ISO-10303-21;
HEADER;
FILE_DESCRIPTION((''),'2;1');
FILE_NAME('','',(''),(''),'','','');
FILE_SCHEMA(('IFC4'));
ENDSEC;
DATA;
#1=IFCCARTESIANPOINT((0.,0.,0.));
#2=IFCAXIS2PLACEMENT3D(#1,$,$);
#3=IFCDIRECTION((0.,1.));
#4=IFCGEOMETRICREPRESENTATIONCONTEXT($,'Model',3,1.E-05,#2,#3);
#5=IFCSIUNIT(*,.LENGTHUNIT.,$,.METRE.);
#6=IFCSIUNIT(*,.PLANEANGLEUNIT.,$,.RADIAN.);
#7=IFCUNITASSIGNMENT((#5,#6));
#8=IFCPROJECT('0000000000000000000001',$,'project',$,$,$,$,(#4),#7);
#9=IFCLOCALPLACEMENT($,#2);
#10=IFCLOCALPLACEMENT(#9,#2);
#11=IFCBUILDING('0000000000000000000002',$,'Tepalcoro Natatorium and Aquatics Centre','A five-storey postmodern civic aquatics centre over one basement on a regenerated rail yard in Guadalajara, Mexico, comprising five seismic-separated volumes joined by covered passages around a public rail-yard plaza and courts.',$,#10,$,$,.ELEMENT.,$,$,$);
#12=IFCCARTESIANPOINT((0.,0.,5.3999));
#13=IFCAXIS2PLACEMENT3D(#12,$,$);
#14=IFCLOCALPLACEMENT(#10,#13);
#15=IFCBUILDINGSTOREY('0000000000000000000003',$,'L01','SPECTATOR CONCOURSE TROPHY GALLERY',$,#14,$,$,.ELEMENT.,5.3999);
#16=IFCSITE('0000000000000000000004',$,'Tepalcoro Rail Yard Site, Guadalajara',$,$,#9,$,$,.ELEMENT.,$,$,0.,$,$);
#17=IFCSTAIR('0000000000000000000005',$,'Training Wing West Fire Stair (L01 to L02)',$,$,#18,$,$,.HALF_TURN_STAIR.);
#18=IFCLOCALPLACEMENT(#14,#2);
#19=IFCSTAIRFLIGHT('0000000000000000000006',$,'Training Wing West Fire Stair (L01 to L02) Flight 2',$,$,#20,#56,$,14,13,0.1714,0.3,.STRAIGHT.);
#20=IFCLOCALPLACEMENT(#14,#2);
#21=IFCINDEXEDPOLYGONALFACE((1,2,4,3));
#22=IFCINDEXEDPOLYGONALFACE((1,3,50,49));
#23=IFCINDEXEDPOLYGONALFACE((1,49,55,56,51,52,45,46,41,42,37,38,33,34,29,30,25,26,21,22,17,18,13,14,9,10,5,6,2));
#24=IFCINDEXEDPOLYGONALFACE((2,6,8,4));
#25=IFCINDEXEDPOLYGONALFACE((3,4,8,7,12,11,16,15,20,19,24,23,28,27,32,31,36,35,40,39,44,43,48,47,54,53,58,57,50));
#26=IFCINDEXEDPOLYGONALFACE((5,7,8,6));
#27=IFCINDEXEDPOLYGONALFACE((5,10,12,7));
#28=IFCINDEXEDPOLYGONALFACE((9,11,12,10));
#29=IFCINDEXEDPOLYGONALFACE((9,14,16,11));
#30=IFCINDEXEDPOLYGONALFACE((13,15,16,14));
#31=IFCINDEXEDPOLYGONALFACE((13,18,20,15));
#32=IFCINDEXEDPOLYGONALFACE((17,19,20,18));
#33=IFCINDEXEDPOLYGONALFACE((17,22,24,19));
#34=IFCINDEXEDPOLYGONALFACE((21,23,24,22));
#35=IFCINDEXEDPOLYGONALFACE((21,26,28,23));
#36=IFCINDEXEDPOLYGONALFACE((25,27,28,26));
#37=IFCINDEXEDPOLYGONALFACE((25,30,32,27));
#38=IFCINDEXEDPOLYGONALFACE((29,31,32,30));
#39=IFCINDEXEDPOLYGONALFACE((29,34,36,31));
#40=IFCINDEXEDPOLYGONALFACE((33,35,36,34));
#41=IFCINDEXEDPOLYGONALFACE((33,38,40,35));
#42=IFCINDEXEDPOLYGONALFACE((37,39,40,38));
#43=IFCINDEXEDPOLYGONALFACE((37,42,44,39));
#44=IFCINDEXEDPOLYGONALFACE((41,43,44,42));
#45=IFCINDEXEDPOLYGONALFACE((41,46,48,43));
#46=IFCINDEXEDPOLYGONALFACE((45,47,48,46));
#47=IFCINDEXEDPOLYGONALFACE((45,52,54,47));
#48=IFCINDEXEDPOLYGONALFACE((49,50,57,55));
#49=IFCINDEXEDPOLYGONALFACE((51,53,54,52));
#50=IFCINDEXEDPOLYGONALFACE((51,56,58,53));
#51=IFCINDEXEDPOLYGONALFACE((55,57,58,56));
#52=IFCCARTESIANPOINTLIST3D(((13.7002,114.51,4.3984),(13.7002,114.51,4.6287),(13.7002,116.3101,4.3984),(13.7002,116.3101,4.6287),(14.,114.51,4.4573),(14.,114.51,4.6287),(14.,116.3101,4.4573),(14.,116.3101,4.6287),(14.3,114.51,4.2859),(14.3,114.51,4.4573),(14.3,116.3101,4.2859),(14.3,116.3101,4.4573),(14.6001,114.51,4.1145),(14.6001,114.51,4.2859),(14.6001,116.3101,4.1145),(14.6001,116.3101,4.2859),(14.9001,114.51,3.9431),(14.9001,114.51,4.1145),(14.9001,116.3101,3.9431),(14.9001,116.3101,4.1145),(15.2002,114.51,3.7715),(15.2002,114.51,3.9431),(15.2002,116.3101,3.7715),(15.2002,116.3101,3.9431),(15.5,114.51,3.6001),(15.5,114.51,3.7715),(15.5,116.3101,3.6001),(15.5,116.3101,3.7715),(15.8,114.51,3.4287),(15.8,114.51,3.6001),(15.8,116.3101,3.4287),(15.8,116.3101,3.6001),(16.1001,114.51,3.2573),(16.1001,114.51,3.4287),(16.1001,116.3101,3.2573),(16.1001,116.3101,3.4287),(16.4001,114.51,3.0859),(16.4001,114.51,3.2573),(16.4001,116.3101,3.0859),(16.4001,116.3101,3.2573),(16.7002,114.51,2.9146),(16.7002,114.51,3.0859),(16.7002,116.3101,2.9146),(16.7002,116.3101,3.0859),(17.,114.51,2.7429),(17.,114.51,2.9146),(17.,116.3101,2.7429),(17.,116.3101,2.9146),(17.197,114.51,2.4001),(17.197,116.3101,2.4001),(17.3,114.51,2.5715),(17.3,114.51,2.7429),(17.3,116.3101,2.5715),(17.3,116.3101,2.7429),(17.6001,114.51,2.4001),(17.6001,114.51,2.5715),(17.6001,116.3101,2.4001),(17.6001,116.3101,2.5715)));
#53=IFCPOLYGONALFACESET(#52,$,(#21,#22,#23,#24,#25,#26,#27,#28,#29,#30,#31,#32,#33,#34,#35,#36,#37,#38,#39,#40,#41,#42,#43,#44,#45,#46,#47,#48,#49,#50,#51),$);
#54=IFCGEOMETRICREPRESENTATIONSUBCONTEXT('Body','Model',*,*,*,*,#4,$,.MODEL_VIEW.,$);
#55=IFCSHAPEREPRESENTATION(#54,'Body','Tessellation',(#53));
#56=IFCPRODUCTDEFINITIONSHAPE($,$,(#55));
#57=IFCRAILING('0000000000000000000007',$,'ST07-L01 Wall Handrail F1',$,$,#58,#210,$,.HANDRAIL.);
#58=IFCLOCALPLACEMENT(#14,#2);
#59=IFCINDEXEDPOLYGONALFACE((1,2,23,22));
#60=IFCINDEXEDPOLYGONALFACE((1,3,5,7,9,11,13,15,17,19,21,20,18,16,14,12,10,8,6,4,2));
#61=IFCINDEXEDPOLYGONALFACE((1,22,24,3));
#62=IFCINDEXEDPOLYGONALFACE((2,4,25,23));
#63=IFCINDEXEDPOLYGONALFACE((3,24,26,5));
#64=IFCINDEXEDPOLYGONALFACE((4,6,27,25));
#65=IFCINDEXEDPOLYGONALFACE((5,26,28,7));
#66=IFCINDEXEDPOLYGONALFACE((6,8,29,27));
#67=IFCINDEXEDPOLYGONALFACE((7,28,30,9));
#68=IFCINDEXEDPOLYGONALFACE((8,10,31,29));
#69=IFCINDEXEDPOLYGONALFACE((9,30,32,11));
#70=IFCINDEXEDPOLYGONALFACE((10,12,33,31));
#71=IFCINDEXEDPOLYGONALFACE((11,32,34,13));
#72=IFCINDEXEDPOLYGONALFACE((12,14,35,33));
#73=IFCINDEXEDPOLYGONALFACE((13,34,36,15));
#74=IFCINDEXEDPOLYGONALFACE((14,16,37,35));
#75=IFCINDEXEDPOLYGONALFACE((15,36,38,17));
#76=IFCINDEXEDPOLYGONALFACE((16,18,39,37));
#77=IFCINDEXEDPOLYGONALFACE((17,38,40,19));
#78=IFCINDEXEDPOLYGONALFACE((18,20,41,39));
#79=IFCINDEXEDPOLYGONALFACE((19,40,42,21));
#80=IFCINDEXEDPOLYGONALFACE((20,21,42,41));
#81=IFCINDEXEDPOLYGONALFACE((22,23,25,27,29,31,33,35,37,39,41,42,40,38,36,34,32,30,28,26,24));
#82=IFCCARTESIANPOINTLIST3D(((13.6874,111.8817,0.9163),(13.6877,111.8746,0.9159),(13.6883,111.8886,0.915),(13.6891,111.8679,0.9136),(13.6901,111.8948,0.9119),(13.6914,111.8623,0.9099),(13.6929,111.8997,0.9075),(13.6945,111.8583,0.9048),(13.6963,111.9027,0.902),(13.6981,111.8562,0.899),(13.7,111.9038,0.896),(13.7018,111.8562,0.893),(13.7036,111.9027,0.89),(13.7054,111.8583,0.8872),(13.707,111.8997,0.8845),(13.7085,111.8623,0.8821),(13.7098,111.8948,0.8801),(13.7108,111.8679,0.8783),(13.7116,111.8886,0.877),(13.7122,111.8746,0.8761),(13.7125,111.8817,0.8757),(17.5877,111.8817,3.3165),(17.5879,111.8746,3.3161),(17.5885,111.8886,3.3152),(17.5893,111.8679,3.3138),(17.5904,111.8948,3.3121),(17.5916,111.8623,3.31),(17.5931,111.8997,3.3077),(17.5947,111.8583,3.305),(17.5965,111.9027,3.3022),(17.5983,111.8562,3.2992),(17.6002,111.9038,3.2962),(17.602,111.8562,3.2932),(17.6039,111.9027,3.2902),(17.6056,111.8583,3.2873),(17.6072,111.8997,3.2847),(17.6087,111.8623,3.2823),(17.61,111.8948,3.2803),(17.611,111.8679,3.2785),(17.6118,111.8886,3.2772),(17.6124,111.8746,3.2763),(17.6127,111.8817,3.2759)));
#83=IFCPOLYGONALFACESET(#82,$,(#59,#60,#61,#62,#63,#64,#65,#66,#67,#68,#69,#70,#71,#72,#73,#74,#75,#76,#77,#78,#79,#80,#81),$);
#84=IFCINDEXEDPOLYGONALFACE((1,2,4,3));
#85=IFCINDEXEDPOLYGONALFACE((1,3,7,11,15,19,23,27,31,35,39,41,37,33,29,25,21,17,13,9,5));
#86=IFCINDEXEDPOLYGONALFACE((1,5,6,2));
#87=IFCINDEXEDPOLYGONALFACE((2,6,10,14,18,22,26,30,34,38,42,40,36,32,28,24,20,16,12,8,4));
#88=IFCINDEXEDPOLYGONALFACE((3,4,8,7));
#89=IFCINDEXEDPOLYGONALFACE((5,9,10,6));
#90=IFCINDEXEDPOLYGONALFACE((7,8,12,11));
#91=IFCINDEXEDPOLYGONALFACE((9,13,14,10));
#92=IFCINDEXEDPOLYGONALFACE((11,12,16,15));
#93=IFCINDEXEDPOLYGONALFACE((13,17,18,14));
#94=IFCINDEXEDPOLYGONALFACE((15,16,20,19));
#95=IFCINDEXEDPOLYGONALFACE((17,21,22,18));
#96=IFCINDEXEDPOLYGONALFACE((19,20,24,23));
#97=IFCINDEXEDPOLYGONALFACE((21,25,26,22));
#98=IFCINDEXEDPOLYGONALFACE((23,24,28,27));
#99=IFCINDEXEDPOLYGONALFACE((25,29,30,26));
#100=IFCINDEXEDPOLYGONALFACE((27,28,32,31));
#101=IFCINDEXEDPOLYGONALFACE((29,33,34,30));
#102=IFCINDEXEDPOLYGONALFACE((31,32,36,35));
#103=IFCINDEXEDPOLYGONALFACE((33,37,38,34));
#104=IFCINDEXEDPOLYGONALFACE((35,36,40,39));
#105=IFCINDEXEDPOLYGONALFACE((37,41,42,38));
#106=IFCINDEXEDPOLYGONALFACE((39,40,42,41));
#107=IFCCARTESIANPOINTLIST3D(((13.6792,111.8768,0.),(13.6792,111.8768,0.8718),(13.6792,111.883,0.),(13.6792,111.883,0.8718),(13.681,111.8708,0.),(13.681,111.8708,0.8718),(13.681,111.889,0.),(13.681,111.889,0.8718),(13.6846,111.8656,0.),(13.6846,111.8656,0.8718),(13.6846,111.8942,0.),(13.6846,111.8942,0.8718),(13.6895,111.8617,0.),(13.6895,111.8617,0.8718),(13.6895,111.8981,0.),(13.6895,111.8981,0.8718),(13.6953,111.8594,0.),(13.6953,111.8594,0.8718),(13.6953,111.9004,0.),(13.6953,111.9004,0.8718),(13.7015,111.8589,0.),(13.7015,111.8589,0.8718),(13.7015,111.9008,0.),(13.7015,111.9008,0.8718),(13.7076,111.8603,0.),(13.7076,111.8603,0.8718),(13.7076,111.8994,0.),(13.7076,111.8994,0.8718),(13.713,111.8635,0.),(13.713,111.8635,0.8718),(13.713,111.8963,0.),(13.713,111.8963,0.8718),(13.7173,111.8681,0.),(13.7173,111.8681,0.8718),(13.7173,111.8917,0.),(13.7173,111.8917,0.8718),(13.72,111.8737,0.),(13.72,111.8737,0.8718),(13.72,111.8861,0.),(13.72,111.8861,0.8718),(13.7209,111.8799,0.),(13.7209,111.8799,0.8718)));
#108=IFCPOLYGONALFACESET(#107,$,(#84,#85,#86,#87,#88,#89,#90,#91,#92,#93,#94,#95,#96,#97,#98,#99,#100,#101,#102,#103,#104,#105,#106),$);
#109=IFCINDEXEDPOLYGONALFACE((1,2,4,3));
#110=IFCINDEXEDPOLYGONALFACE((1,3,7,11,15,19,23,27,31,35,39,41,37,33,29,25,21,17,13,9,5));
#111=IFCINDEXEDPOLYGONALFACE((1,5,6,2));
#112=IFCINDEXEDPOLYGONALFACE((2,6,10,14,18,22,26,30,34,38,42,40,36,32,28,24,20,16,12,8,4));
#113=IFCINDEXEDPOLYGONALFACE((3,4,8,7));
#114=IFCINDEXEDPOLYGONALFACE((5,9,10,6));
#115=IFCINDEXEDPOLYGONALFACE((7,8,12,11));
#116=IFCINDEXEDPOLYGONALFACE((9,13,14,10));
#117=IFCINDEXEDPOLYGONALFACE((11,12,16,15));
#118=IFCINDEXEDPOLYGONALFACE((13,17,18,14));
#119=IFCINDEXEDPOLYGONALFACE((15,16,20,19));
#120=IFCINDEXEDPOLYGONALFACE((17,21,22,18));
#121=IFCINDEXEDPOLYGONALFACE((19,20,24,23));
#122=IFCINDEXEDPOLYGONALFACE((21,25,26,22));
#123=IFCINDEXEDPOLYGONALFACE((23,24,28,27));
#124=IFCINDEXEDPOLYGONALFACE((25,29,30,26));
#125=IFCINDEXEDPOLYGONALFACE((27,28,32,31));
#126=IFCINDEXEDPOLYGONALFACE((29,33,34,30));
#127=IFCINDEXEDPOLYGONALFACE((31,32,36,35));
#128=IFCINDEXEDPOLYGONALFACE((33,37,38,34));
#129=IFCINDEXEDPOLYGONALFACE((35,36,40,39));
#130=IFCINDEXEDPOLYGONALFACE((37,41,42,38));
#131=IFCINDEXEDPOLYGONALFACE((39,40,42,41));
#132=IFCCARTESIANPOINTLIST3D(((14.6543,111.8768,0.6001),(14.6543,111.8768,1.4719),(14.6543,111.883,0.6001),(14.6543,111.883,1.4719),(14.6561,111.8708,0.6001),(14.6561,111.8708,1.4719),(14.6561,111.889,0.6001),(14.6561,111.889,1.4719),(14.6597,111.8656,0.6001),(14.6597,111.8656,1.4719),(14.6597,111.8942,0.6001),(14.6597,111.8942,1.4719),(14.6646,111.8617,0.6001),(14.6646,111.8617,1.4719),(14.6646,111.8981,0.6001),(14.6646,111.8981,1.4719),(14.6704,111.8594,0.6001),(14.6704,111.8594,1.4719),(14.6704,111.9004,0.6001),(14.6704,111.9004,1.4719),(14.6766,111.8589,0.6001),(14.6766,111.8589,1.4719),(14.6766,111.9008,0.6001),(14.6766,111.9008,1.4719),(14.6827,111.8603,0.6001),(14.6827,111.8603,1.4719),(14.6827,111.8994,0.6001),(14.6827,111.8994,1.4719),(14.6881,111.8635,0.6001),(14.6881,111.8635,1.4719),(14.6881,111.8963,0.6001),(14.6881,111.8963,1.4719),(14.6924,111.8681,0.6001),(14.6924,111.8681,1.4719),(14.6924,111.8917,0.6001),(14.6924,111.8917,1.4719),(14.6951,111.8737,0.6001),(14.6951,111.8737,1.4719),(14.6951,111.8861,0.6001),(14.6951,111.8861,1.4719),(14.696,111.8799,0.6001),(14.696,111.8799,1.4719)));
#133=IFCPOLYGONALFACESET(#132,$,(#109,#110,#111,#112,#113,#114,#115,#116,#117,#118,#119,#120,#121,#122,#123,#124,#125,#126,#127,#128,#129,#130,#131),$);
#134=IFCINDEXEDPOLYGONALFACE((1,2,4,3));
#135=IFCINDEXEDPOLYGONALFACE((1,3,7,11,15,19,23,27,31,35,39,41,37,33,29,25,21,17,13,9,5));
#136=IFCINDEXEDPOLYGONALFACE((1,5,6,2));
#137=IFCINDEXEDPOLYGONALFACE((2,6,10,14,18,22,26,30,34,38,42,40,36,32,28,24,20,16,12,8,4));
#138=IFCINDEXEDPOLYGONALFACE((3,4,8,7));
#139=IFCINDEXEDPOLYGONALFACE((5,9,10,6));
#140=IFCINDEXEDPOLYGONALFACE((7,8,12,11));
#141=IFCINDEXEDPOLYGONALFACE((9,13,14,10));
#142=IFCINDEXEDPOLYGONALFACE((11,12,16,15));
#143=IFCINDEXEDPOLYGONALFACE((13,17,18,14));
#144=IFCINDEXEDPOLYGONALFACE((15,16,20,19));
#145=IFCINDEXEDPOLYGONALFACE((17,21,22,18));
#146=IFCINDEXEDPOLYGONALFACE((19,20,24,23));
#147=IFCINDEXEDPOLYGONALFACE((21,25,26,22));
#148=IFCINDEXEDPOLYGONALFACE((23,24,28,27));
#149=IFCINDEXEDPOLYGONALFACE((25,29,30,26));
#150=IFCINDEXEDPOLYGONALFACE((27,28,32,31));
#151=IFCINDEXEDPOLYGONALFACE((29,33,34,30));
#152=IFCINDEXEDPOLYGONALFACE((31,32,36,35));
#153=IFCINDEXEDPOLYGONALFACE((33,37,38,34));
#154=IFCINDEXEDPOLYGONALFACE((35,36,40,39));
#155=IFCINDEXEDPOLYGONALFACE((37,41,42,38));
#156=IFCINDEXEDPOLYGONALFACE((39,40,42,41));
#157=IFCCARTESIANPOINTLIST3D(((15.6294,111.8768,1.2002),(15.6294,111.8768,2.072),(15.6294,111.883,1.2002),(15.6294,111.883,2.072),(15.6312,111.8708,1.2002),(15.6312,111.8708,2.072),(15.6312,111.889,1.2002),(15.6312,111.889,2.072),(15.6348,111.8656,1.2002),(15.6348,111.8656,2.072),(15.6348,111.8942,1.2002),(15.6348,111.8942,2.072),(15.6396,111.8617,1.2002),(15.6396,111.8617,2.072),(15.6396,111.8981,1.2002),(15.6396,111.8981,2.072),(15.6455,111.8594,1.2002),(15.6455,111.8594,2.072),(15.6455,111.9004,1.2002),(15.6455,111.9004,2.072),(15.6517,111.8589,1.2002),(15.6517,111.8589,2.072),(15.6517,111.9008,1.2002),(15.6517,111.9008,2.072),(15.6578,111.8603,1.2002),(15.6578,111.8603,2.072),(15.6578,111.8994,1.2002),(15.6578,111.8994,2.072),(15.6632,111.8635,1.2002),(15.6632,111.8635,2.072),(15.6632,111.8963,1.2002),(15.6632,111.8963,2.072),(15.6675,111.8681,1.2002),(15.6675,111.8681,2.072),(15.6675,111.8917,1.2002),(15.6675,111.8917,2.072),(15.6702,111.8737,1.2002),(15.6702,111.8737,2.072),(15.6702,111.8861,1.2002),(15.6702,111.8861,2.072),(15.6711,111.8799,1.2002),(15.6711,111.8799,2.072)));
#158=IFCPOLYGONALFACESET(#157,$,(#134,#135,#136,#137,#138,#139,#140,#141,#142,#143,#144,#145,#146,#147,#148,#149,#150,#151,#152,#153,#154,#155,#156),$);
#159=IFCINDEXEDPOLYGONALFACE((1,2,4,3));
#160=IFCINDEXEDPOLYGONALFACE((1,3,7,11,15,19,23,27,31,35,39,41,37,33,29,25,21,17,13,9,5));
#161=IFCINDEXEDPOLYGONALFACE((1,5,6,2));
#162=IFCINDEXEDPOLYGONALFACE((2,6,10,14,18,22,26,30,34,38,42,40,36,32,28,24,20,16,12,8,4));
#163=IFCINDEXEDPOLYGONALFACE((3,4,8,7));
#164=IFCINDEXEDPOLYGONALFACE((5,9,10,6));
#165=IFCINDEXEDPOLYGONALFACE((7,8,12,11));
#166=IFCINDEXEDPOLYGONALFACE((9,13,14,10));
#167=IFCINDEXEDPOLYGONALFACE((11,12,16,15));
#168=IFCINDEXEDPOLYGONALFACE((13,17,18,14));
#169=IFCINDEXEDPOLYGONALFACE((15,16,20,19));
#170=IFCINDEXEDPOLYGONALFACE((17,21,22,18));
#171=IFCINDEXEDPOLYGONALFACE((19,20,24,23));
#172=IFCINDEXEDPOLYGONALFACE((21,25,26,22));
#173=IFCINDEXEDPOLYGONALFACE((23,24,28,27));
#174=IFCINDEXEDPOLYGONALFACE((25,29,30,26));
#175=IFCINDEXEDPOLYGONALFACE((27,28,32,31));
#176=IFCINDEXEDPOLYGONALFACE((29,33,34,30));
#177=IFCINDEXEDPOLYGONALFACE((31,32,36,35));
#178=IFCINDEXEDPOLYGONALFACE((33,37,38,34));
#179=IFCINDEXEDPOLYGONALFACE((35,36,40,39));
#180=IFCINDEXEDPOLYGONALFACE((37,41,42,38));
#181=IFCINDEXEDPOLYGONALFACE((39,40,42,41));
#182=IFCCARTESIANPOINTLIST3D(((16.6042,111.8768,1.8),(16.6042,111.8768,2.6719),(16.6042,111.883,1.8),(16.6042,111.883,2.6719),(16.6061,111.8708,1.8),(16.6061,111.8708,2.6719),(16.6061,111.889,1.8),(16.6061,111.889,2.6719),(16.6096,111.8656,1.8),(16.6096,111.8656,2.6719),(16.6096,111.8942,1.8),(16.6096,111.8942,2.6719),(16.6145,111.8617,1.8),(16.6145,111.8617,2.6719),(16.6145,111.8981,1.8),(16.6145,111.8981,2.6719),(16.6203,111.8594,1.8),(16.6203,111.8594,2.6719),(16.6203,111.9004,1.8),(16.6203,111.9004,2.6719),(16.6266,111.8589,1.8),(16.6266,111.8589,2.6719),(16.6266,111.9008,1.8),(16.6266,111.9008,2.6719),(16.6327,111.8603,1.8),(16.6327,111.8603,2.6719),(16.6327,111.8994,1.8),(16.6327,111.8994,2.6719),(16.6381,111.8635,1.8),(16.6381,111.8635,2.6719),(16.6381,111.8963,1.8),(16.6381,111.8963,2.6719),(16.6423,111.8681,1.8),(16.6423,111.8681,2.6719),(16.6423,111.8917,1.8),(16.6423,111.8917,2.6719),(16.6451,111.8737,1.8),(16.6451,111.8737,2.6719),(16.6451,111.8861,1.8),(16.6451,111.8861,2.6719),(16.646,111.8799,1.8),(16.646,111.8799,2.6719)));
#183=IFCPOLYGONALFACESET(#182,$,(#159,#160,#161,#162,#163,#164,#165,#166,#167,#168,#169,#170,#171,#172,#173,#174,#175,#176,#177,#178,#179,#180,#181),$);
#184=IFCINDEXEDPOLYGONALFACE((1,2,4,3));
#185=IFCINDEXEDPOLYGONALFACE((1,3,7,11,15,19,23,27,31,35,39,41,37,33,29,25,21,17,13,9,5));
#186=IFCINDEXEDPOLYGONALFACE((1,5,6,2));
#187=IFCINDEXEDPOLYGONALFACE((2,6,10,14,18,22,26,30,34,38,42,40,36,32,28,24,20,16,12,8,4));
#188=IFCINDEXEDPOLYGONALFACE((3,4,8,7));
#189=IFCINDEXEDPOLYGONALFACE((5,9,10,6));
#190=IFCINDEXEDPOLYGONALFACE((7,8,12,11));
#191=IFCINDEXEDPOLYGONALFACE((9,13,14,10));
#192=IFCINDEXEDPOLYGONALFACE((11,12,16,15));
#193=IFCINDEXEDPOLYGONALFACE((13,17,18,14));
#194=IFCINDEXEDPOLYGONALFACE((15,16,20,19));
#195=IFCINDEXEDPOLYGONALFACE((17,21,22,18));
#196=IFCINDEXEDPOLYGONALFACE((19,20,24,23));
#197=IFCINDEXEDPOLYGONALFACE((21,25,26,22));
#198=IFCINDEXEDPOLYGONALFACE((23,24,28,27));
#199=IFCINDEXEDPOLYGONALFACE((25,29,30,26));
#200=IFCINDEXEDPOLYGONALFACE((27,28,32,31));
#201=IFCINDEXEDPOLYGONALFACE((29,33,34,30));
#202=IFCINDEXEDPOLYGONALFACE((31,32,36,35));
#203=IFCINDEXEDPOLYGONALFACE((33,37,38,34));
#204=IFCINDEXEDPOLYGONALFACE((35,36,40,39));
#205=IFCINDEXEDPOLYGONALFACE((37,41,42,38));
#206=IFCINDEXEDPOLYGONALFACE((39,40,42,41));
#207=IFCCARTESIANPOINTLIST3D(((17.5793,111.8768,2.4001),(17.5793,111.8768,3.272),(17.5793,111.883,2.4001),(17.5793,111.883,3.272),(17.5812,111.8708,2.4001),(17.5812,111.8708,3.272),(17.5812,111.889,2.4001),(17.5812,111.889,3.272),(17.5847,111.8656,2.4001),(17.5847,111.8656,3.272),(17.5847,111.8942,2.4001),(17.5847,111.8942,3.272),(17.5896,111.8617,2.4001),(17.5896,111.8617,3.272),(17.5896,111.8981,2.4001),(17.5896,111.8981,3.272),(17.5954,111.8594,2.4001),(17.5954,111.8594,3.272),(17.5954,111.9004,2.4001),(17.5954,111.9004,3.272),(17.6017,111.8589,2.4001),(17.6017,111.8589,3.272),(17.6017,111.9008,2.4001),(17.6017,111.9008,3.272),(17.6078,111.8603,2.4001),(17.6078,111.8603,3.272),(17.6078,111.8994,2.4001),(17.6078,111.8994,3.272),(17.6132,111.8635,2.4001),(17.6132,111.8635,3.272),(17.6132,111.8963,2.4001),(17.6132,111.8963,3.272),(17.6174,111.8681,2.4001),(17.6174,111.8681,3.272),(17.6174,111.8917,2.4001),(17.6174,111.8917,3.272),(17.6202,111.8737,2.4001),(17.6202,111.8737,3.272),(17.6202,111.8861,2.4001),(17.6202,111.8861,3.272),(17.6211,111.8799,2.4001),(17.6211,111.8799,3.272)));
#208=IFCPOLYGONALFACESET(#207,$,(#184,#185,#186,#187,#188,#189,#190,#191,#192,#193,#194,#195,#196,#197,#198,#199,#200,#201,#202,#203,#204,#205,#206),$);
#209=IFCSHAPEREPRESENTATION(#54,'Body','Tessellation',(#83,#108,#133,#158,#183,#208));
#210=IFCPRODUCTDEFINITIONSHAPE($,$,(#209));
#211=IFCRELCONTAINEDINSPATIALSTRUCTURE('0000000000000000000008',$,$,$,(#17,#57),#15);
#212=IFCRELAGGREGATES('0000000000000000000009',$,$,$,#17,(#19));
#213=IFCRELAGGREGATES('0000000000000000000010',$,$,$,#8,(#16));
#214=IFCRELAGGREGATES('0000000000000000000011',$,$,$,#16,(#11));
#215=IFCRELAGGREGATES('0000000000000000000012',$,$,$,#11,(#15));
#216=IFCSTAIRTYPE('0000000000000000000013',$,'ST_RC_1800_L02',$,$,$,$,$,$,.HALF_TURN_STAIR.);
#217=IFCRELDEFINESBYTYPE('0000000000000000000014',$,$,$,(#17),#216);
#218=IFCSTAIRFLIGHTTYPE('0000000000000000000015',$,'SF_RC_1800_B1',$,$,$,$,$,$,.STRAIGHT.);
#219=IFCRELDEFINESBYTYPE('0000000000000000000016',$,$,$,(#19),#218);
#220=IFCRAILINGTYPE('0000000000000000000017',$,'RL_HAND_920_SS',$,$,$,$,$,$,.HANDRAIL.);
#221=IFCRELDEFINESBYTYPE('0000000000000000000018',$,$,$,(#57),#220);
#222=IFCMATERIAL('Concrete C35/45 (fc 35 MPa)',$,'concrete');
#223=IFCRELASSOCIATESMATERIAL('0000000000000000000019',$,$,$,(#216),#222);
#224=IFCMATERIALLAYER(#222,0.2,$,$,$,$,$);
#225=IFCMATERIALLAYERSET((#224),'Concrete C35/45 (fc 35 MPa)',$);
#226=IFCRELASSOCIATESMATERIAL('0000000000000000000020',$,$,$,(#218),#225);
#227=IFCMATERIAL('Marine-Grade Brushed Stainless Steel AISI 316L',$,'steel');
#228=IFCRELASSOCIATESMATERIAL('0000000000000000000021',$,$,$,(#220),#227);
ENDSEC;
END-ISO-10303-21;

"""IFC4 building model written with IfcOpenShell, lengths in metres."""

from ifc_helpers import new_model, si_unit, direction, frame, origin, origin_2d, place, context, subcontext, project, spatial, polyline, circle, outline, extrude, material, layer, layer_set, type_object, element, aggregate, save


model = new_model("IFC4")

# Units and contexts
model_context = context("Model", 3, precision=1e-05, world=origin(), true_north=direction((0.0, 1.0)))
body_context = subcontext(model_context, "Body", "Model", "MODEL_VIEW")
ifc_project = project(units=[si_unit("LENGTHUNIT", "METRE"), si_unit("PLANEANGLEUNIT", "RADIAN")], contexts=[model_context])

# Site, building, storey
site_placement = place(None, origin())
site = spatial("IfcSite", under=ifc_project, at=site_placement, Name="Tepalcoro Rail Yard Site, Guadalajara", CompositionType="ELEMENT", RefElevation=0.0)
building_placement = place(site_placement, origin())
building = spatial("IfcBuilding", under=site, at=building_placement, Name="Tepalcoro Natatorium and Aquatics Centre", Description="A five-storey postmodern civic aquatics centre over one basement on a regenerated rail yard in Guadalajara, Mexico, comprising five seismic-separated volumes joined by covered passages around a public rail-yard plaza and courts.", CompositionType="ELEMENT")
storey_placement = place(building_placement, frame((0.0, 0.0, 5.3999)))
storey = spatial("IfcBuildingStorey", under=building, at=storey_placement, Name="L01", Description="SPECTATOR CONCOURSE TROPHY GALLERY", CompositionType="ELEMENT", Elevation=5.3999)

# Stair, stair flight
ifc_material_1 = material(Name="Concrete C35/45 (fc 35 MPa)", Category="concrete")
stair_type = type_object("IfcStairType", Name="ST_RC_1800_L02", PredefinedType="HALF_TURN_STAIR", material=ifc_material_1)
stair_placement = place(storey_placement, origin())
stair = element("IfcStair", 1, at=stair_placement, inside=storey, type_object=stair_type, Name="Training Wing West Fire Stair (L01 to L02)", PredefinedType="HALF_TURN_STAIR")
ifc_layer_1 = layer(ifc_material_1, 0.2)
ifc_layer_set_1 = layer_set([ifc_layer_1], Name="Concrete C35/45 (fc 35 MPa)")
stair_flight_type = type_object("IfcStairFlightType", Name="SF_RC_1800_B1", PredefinedType="STRAIGHT", material=ifc_layer_set_1)
stair_flight_1_placement = place(storey_placement, frame((17.6001, 115.4099, 2.4001), z_axis=(0.0, 0.0, 1.0), x_axis=(-1.0, 0.0, 0.0)))
stair_flight_1 = element("IfcStairFlight", 2, at=stair_flight_1_placement, type_object=stair_flight_type, Name="Training Wing West Fire Stair (L01 to L02) Flight 2", NumberOfRisers=14, NumberOfTreads=13, PredefinedType="STRAIGHT", RiserHeight=0.1714, TreadLength=0.3, context=body_context, shape_type="SweptSolid", body=[
    extrude(outline(polyline([(0.0, 0.0), (0.0, 0.1714), (0.3, 0.1714), (0.3, 0.3428), (0.6001, 0.3428), (0.6001, 0.5144), (0.8999, 0.5144), (0.8999, 0.6858), (1.2, 0.6858), (1.2, 0.8572), (1.5, 0.8572), (1.5, 1.0286), (1.8, 1.0286), (1.8, 1.2), (2.1001, 1.2), (2.1001, 1.3713), (2.3999, 1.3713), (2.3999, 1.543), (2.7, 1.543), (2.7, 1.7144), (3.0, 1.7144), (3.0, 1.8857), (3.3, 1.8857), (3.3, 2.0571), (3.6001, 2.0571), (3.6001, 2.2285), (3.8999, 2.2285), (3.8999, 2.3999), (3.8999, 1.9983), (0.4031, 0.0), (0.0, 0.0)])), frame((0.0, 0.8999, 0.0), z_axis=(0.0, -1.0, 0.0), x_axis=(1.0, 0.0, 0.0)), (0.0, 0.0, 1.0), 1.8),
])
aggregate(stair, [stair_flight_1])

# Railing
ifc_material_2 = material(Name="Marine-Grade Brushed Stainless Steel AISI 316L", Category="steel")
railing_type_1 = type_object("IfcRailingType", Name="RL_HAND_920_SS", PredefinedType="HANDRAIL", material=ifc_material_2)
railing_1_placement = place(storey_placement, frame((13.7, 111.8799, 0.0)))
element("IfcRailing", 3, at=railing_1_placement, inside=storey, type_object=railing_type_1, Name="ST07-L01 Wall Handrail F1", PredefinedType="HANDRAIL", context=body_context, shape_type="SweptSolid", body=[
    extrude(circle(Radius=0.0239, at=origin_2d()), frame((0.0, 0.0, 0.896), z_axis=(0.851653, 0.0, 0.524106), x_axis=(0.0, 1.0, 0.0)), (0.0, 0.0, 1.0), 4.5796),
    extrude(circle(Radius=0.021, at=origin_2d()), origin(), (0.0, 0.0, 1.0), 0.8718),
    extrude(circle(Radius=0.021, at=origin_2d()), frame((0.9751, 0.0, 0.6001)), (0.0, 0.0, 1.0), 0.8718),
    extrude(circle(Radius=0.021, at=origin_2d()), frame((1.9502, 0.0, 1.2002)), (0.0, 0.0, 1.0), 0.8718),
    extrude(circle(Radius=0.021, at=origin_2d()), frame((2.925, 0.0, 1.8)), (0.0, 0.0, 1.0), 0.8718),
    extrude(circle(Radius=0.021, at=origin_2d()), frame((3.9001, 0.0, 2.4001)), (0.0, 0.0, 1.0), 0.8718),
])

save(model, "model.ifc")
